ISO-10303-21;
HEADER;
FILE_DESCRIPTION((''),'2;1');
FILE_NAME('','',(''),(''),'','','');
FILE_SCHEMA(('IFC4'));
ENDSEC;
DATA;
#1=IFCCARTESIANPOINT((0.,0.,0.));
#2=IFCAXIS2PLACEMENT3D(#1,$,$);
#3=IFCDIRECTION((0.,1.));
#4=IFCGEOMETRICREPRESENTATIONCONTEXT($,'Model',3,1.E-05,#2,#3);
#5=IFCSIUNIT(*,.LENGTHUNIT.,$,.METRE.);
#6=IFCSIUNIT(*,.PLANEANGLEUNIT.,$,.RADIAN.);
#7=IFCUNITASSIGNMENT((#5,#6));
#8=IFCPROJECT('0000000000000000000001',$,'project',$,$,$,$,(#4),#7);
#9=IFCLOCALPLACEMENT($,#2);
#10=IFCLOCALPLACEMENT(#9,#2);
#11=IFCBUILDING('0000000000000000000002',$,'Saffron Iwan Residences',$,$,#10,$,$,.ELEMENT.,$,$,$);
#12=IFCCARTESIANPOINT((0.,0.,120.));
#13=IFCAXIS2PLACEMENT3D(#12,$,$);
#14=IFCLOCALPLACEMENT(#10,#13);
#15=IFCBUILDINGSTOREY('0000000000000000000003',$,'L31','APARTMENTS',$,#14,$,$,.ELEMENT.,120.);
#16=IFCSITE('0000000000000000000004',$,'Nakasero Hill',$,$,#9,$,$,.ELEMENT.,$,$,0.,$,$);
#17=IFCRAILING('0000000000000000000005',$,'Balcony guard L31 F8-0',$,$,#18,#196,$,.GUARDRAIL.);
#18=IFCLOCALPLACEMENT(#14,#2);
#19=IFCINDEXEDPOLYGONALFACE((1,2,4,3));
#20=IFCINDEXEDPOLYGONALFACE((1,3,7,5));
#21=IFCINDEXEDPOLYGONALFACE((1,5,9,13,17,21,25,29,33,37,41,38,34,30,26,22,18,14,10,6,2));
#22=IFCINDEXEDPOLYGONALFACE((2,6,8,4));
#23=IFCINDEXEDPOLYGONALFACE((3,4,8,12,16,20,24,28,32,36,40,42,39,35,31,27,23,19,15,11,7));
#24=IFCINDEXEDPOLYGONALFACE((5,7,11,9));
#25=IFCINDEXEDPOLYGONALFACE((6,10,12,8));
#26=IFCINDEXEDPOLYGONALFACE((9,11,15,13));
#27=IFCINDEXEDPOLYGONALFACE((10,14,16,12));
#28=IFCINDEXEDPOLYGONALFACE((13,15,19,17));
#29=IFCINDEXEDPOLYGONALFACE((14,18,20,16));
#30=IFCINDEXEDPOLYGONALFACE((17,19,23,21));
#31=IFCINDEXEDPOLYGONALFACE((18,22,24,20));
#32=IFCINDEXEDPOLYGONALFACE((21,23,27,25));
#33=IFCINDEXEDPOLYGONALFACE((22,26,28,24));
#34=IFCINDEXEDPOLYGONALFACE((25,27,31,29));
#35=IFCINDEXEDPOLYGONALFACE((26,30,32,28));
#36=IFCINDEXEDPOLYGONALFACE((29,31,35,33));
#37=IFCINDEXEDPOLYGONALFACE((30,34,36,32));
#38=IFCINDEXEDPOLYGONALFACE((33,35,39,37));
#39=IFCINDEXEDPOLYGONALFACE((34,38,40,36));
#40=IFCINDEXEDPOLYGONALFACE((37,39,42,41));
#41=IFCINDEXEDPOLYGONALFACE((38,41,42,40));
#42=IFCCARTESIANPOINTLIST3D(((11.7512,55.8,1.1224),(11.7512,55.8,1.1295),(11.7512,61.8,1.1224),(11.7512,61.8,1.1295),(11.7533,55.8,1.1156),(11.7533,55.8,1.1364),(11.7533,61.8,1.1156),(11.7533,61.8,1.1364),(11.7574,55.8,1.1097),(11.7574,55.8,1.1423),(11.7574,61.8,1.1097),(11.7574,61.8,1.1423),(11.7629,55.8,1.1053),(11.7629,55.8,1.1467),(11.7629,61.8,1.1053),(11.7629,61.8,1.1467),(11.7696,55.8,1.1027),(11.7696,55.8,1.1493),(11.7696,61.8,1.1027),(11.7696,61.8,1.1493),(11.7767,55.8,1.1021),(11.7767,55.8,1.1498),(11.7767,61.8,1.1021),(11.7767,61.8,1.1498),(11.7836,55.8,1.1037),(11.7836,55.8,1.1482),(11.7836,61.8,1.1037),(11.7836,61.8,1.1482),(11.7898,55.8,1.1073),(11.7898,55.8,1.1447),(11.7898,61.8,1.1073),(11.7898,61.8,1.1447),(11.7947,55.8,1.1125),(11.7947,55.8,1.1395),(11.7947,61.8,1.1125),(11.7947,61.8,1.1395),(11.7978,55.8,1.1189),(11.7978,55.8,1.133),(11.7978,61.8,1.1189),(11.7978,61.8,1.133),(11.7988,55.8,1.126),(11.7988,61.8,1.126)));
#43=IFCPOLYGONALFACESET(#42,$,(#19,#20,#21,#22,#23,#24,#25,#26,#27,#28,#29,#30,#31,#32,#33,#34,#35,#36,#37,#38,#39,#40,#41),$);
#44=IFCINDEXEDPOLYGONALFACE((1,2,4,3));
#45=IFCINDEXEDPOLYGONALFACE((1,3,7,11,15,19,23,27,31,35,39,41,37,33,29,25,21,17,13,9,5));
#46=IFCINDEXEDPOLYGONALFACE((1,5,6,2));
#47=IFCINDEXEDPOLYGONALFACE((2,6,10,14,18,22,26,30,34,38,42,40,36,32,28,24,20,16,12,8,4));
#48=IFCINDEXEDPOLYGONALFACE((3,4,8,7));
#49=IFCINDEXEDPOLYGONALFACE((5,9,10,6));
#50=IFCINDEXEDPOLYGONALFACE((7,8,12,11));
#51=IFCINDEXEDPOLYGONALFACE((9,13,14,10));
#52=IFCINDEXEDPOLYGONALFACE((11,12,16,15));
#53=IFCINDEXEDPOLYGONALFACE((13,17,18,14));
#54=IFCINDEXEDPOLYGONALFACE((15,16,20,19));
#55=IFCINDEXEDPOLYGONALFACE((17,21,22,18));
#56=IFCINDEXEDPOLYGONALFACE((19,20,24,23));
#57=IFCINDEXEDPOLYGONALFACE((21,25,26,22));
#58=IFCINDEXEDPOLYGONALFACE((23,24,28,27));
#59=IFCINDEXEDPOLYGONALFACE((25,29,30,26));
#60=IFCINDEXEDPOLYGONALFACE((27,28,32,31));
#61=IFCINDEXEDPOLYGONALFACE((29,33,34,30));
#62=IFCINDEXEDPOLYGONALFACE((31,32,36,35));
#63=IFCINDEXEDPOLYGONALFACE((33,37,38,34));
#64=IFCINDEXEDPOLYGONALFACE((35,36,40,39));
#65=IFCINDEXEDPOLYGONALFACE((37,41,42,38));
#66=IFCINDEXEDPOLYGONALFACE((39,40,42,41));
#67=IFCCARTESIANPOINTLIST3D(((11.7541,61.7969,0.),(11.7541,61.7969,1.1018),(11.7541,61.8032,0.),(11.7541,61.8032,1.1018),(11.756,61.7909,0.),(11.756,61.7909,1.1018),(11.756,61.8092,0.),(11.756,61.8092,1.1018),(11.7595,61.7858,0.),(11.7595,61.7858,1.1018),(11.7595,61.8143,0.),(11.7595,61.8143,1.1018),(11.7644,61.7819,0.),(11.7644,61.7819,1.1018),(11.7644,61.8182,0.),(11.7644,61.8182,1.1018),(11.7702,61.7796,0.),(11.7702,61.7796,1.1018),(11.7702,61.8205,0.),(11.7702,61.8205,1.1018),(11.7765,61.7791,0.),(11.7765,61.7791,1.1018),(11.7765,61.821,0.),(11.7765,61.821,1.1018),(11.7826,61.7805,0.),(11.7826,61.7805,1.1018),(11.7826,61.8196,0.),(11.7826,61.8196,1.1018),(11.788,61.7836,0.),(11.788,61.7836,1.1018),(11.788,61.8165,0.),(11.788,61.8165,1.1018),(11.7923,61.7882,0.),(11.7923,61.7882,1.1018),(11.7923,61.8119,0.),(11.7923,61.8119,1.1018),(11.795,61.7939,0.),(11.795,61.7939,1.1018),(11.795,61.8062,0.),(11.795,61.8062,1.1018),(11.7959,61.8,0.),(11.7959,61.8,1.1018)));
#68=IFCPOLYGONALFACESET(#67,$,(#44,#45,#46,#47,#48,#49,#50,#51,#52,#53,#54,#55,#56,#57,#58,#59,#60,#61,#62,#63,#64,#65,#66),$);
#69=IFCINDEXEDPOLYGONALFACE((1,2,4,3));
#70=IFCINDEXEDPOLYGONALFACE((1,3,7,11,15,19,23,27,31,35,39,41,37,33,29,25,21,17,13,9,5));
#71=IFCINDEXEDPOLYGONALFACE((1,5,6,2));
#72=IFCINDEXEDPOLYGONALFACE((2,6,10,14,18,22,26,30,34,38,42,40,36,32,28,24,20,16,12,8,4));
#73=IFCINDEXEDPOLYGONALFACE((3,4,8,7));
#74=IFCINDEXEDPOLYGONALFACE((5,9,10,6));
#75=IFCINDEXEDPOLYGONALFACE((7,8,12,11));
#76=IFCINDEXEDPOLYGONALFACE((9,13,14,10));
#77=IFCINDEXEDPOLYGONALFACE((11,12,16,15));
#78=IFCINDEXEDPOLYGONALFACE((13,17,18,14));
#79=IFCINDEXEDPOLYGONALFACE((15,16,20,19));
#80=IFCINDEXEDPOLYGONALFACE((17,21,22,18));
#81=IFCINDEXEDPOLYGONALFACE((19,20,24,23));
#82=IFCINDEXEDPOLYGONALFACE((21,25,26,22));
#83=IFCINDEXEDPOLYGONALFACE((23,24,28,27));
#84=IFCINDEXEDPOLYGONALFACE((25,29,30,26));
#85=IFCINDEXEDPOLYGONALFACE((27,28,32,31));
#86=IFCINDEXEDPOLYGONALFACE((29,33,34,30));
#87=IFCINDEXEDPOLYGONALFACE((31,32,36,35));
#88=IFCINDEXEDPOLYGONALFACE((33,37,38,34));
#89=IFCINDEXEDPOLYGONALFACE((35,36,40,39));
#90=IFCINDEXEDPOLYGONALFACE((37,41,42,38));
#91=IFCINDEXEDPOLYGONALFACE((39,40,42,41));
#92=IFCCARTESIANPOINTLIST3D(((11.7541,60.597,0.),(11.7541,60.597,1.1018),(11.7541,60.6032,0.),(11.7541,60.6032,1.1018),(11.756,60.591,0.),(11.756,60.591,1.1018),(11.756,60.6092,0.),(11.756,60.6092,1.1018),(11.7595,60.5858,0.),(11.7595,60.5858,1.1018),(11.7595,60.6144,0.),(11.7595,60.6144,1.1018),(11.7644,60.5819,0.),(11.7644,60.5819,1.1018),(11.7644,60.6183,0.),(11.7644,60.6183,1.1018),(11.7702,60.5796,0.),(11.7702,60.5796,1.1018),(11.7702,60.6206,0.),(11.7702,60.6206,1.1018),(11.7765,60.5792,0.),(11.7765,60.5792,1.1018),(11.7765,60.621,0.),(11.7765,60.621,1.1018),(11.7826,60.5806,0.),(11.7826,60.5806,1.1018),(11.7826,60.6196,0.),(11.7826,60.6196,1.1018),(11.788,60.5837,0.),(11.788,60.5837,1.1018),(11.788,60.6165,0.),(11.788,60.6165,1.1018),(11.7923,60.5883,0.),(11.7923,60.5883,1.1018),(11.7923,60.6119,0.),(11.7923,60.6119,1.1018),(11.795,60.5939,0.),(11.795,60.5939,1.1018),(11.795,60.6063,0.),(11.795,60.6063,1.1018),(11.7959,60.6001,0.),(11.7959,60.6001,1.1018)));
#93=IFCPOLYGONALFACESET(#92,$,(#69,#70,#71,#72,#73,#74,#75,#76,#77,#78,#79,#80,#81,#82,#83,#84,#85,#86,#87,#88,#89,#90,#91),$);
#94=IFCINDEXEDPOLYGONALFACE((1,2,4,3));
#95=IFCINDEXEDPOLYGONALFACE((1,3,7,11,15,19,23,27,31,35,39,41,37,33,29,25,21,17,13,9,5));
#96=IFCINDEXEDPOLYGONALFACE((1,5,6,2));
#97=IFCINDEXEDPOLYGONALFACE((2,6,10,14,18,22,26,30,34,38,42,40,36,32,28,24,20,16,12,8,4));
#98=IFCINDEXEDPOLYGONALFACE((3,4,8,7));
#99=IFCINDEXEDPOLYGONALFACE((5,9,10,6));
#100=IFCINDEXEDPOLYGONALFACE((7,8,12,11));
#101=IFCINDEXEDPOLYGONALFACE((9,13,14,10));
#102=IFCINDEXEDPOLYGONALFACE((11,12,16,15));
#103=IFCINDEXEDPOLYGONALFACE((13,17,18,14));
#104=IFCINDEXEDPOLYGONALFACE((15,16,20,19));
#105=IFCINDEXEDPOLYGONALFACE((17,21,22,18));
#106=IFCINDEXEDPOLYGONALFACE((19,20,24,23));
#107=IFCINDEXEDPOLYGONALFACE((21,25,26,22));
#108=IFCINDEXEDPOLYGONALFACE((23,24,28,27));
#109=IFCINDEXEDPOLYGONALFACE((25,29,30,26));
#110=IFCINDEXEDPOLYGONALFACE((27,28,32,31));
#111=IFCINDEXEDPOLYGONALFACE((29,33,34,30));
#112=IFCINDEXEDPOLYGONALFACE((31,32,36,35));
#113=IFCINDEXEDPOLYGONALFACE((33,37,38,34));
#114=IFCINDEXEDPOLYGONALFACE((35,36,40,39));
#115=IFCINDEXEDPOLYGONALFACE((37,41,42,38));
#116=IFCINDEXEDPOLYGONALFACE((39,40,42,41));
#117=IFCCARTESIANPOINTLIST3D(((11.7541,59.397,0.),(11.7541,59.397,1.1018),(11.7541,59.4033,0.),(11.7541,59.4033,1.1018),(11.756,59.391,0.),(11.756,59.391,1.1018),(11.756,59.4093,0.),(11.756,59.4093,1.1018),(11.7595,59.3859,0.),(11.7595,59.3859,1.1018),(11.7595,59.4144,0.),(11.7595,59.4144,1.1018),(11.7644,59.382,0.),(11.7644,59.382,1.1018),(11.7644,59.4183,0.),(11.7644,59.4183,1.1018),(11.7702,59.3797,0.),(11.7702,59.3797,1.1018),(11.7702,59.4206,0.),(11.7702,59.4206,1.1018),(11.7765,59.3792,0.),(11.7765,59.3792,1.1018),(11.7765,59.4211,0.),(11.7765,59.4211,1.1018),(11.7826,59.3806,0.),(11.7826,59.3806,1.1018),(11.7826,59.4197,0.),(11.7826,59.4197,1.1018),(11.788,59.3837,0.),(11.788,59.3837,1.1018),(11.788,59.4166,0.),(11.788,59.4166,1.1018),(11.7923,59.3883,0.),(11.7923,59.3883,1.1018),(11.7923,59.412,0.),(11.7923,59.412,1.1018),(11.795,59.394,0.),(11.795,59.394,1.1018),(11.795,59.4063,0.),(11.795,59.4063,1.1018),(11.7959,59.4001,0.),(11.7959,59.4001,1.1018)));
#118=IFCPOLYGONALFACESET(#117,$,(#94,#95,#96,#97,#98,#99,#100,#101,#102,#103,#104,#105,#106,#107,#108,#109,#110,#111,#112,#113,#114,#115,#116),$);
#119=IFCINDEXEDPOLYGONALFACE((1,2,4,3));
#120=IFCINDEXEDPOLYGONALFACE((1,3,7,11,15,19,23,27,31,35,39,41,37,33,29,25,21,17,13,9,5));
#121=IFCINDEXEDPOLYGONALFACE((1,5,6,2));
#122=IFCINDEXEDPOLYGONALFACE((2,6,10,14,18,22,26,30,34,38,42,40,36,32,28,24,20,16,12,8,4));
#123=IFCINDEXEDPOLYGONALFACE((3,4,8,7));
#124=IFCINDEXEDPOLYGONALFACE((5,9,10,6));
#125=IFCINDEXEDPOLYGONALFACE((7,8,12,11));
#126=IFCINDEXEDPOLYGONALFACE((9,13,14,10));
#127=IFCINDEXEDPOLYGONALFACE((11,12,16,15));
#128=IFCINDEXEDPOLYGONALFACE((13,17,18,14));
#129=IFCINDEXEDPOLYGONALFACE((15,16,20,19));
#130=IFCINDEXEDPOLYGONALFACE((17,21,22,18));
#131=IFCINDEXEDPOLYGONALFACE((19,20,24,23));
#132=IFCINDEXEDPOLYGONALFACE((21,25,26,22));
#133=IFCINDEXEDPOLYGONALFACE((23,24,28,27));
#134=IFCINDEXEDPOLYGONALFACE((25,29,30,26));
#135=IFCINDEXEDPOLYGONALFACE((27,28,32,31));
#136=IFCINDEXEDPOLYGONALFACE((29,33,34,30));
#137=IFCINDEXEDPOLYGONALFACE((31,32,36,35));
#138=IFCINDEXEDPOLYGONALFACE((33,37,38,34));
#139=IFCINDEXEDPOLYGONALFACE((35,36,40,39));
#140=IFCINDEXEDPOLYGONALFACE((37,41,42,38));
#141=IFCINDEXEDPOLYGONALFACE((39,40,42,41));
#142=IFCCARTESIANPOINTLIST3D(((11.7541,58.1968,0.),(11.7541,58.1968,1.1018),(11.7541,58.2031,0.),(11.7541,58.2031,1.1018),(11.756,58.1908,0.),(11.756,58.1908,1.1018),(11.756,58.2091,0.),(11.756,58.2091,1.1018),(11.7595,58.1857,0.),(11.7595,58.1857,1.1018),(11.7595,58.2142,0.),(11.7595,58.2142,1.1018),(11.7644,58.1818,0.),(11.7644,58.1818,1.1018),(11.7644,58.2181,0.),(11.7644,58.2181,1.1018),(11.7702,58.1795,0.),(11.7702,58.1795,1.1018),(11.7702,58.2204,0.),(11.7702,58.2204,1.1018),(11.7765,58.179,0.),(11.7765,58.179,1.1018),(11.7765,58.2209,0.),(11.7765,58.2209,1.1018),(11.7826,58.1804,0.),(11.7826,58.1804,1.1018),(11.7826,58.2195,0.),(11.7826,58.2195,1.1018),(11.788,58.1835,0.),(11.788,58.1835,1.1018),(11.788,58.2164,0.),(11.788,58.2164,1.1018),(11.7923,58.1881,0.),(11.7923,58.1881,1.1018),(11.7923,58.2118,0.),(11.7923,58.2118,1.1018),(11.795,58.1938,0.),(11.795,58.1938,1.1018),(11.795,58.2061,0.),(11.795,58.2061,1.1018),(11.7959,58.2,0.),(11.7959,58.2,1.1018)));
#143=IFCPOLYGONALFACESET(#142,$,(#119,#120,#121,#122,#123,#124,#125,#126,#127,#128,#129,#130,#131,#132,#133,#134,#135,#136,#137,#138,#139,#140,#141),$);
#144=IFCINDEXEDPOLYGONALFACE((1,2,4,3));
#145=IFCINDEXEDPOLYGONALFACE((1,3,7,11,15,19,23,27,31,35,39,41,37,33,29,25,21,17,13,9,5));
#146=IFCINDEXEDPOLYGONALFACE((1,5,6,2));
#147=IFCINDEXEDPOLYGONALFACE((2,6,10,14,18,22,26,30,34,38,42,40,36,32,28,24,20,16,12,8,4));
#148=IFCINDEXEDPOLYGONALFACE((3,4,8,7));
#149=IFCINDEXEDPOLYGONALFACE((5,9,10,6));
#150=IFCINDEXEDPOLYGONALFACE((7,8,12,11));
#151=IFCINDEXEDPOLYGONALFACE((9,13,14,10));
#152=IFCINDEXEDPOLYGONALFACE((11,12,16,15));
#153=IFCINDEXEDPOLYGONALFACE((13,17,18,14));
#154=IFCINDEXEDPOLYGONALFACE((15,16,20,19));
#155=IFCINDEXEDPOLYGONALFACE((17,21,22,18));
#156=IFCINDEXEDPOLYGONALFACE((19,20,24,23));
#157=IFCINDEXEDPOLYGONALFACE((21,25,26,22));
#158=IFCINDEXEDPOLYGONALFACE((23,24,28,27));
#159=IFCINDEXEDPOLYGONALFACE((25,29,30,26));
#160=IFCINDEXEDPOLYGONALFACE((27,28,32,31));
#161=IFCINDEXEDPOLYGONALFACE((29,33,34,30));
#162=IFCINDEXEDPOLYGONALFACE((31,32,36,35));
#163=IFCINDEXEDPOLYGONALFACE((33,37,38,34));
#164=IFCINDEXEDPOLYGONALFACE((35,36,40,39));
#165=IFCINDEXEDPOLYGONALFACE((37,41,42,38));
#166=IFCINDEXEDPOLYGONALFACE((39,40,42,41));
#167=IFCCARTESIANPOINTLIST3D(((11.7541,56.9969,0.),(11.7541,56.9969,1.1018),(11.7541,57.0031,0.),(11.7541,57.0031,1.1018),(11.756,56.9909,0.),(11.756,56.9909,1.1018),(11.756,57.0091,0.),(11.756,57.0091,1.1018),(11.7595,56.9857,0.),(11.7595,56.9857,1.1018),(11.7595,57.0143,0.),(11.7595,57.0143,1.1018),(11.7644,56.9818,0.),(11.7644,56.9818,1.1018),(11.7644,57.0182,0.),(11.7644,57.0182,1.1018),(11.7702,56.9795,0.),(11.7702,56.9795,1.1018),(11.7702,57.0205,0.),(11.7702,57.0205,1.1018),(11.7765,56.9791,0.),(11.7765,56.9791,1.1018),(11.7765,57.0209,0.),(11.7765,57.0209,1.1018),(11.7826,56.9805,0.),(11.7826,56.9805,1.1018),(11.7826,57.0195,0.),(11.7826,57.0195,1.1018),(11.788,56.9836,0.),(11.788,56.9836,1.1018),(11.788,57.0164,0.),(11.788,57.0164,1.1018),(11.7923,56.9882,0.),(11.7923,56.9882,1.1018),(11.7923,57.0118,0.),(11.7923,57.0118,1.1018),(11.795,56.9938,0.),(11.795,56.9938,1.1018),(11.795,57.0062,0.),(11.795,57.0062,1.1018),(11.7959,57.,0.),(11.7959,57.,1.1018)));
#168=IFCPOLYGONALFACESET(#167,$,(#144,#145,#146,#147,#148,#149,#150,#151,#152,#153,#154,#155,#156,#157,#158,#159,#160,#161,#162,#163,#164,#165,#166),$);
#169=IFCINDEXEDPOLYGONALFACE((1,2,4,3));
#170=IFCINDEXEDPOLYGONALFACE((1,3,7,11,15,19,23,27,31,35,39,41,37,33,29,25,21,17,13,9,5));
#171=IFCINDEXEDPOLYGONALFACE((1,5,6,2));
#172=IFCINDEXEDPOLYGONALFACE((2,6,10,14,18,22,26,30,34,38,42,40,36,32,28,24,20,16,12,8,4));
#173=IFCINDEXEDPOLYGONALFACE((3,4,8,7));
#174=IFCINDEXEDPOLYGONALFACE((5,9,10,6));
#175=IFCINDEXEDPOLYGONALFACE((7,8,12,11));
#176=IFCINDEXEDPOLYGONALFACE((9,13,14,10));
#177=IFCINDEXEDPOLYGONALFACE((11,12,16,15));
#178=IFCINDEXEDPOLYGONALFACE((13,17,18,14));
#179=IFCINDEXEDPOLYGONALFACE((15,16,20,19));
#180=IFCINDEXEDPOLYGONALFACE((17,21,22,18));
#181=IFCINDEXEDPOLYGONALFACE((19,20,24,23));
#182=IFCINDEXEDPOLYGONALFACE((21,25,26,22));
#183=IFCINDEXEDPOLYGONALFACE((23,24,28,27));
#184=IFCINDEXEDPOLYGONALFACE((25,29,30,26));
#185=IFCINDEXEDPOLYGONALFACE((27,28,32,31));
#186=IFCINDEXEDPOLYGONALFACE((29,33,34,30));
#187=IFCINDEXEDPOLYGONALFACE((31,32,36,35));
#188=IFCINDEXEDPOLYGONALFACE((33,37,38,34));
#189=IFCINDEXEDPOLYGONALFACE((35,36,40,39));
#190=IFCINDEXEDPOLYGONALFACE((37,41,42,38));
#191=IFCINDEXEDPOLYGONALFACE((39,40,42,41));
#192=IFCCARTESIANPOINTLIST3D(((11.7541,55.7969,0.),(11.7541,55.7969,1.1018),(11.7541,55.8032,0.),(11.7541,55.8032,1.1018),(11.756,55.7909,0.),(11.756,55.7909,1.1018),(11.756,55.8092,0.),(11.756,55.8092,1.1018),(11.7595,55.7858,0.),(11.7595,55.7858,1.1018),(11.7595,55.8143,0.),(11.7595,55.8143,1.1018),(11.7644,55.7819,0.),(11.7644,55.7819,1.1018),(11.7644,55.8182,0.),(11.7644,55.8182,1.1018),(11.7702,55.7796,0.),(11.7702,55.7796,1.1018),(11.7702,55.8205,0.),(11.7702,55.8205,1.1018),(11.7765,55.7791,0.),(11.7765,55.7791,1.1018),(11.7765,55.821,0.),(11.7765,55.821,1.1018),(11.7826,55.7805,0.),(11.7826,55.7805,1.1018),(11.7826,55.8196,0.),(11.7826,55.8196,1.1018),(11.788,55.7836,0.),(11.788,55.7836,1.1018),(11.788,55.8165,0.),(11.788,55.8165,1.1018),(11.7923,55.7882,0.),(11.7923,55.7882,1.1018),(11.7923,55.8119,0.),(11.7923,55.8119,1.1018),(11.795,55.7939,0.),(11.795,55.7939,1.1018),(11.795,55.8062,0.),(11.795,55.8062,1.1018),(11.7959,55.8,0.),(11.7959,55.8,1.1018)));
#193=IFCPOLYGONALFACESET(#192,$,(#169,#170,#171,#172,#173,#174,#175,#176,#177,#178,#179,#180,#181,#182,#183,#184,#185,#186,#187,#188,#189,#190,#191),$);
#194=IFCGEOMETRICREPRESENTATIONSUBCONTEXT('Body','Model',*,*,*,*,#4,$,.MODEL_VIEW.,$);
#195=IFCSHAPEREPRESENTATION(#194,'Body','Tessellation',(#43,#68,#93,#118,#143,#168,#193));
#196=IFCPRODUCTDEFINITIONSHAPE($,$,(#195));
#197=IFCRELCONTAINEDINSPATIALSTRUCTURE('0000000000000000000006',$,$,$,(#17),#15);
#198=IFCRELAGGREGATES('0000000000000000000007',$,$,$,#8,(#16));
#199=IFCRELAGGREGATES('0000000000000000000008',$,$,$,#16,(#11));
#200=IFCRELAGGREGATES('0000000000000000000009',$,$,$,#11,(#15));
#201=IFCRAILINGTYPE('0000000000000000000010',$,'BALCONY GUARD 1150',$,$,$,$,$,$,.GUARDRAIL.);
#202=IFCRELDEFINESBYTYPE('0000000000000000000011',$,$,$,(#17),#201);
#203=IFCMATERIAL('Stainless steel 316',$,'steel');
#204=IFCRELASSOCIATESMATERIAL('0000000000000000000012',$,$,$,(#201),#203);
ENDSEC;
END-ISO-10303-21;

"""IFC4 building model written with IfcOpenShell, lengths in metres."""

from ifc_helpers import new_model, si_unit, direction, frame, origin, origin_2d, place, context, subcontext, project, spatial, circle, extrude, material, type_object, element, save


model = new_model("IFC4")

# Units and contexts
model_context = context("Model", 3, precision=1e-05, world=origin(), true_north=direction((0.0, 1.0)))
body_context = subcontext(model_context, "Body", "Model", "MODEL_VIEW")
ifc_project = project(units=[si_unit("LENGTHUNIT", "METRE"), si_unit("PLANEANGLEUNIT", "RADIAN")], contexts=[model_context])

# Site, building, storey
site_placement = place(None, origin())
site = spatial("IfcSite", under=ifc_project, at=site_placement, Name="Nakasero Hill", CompositionType="ELEMENT", RefElevation=0.0)
building_placement = place(site_placement, origin())
building = spatial("IfcBuilding", under=site, at=building_placement, Name="Saffron Iwan Residences", CompositionType="ELEMENT")
storey_placement = place(building_placement, frame((0.0, 0.0, 120.0)))
storey = spatial("IfcBuildingStorey", under=building, at=storey_placement, Name="L31", Description="APARTMENTS", CompositionType="ELEMENT", Elevation=120.0)

# Railing
ifc_material_1 = material(Name="Stainless steel 316", Category="steel")
railing_type = type_object("IfcRailingType", Name="BALCONY GUARD 1150", PredefinedType="GUARDRAIL", material=ifc_material_1)
railing_placement = place(storey_placement, frame((11.7749, 61.8, 0.0)))
element("IfcRailing", 1, at=railing_placement, inside=storey, type_object=railing_type, Name="Balcony guard L31 F8-0", PredefinedType="GUARDRAIL", context=body_context, shape_type="SweptSolid", body=[
    extrude(circle(Radius=0.0239, at=origin_2d()), frame((0.0, 0.0, 1.126), z_axis=(0.0, -1.0, 0.0), x_axis=(1.0, 0.0, 0.0)), (0.0, 0.0, 1.0), 6.0),
    extrude(circle(Radius=0.021, at=origin_2d()), origin(), (0.0, 0.0, 1.0), 1.1018),
    extrude(circle(Radius=0.021, at=origin_2d()), frame((0.0, -1.2, 0.0)), (0.0, 0.0, 1.0), 1.1018),
    extrude(circle(Radius=0.021, at=origin_2d()), frame((0.0, -2.3999, 0.0)), (0.0, 0.0, 1.0), 1.1018),
    extrude(circle(Radius=0.021, at=origin_2d()), frame((0.0, -3.6001, 0.0)), (0.0, 0.0, 1.0), 1.1018),
    extrude(circle(Radius=0.021, at=origin_2d()), frame((0.0, -4.8, 0.0)), (0.0, 0.0, 1.0), 1.1018),
    extrude(circle(Radius=0.021, at=origin_2d()), frame((0.0, -6.0, 0.0)), (0.0, 0.0, 1.0), 1.1018),
])

save(model, "model.ifc")
